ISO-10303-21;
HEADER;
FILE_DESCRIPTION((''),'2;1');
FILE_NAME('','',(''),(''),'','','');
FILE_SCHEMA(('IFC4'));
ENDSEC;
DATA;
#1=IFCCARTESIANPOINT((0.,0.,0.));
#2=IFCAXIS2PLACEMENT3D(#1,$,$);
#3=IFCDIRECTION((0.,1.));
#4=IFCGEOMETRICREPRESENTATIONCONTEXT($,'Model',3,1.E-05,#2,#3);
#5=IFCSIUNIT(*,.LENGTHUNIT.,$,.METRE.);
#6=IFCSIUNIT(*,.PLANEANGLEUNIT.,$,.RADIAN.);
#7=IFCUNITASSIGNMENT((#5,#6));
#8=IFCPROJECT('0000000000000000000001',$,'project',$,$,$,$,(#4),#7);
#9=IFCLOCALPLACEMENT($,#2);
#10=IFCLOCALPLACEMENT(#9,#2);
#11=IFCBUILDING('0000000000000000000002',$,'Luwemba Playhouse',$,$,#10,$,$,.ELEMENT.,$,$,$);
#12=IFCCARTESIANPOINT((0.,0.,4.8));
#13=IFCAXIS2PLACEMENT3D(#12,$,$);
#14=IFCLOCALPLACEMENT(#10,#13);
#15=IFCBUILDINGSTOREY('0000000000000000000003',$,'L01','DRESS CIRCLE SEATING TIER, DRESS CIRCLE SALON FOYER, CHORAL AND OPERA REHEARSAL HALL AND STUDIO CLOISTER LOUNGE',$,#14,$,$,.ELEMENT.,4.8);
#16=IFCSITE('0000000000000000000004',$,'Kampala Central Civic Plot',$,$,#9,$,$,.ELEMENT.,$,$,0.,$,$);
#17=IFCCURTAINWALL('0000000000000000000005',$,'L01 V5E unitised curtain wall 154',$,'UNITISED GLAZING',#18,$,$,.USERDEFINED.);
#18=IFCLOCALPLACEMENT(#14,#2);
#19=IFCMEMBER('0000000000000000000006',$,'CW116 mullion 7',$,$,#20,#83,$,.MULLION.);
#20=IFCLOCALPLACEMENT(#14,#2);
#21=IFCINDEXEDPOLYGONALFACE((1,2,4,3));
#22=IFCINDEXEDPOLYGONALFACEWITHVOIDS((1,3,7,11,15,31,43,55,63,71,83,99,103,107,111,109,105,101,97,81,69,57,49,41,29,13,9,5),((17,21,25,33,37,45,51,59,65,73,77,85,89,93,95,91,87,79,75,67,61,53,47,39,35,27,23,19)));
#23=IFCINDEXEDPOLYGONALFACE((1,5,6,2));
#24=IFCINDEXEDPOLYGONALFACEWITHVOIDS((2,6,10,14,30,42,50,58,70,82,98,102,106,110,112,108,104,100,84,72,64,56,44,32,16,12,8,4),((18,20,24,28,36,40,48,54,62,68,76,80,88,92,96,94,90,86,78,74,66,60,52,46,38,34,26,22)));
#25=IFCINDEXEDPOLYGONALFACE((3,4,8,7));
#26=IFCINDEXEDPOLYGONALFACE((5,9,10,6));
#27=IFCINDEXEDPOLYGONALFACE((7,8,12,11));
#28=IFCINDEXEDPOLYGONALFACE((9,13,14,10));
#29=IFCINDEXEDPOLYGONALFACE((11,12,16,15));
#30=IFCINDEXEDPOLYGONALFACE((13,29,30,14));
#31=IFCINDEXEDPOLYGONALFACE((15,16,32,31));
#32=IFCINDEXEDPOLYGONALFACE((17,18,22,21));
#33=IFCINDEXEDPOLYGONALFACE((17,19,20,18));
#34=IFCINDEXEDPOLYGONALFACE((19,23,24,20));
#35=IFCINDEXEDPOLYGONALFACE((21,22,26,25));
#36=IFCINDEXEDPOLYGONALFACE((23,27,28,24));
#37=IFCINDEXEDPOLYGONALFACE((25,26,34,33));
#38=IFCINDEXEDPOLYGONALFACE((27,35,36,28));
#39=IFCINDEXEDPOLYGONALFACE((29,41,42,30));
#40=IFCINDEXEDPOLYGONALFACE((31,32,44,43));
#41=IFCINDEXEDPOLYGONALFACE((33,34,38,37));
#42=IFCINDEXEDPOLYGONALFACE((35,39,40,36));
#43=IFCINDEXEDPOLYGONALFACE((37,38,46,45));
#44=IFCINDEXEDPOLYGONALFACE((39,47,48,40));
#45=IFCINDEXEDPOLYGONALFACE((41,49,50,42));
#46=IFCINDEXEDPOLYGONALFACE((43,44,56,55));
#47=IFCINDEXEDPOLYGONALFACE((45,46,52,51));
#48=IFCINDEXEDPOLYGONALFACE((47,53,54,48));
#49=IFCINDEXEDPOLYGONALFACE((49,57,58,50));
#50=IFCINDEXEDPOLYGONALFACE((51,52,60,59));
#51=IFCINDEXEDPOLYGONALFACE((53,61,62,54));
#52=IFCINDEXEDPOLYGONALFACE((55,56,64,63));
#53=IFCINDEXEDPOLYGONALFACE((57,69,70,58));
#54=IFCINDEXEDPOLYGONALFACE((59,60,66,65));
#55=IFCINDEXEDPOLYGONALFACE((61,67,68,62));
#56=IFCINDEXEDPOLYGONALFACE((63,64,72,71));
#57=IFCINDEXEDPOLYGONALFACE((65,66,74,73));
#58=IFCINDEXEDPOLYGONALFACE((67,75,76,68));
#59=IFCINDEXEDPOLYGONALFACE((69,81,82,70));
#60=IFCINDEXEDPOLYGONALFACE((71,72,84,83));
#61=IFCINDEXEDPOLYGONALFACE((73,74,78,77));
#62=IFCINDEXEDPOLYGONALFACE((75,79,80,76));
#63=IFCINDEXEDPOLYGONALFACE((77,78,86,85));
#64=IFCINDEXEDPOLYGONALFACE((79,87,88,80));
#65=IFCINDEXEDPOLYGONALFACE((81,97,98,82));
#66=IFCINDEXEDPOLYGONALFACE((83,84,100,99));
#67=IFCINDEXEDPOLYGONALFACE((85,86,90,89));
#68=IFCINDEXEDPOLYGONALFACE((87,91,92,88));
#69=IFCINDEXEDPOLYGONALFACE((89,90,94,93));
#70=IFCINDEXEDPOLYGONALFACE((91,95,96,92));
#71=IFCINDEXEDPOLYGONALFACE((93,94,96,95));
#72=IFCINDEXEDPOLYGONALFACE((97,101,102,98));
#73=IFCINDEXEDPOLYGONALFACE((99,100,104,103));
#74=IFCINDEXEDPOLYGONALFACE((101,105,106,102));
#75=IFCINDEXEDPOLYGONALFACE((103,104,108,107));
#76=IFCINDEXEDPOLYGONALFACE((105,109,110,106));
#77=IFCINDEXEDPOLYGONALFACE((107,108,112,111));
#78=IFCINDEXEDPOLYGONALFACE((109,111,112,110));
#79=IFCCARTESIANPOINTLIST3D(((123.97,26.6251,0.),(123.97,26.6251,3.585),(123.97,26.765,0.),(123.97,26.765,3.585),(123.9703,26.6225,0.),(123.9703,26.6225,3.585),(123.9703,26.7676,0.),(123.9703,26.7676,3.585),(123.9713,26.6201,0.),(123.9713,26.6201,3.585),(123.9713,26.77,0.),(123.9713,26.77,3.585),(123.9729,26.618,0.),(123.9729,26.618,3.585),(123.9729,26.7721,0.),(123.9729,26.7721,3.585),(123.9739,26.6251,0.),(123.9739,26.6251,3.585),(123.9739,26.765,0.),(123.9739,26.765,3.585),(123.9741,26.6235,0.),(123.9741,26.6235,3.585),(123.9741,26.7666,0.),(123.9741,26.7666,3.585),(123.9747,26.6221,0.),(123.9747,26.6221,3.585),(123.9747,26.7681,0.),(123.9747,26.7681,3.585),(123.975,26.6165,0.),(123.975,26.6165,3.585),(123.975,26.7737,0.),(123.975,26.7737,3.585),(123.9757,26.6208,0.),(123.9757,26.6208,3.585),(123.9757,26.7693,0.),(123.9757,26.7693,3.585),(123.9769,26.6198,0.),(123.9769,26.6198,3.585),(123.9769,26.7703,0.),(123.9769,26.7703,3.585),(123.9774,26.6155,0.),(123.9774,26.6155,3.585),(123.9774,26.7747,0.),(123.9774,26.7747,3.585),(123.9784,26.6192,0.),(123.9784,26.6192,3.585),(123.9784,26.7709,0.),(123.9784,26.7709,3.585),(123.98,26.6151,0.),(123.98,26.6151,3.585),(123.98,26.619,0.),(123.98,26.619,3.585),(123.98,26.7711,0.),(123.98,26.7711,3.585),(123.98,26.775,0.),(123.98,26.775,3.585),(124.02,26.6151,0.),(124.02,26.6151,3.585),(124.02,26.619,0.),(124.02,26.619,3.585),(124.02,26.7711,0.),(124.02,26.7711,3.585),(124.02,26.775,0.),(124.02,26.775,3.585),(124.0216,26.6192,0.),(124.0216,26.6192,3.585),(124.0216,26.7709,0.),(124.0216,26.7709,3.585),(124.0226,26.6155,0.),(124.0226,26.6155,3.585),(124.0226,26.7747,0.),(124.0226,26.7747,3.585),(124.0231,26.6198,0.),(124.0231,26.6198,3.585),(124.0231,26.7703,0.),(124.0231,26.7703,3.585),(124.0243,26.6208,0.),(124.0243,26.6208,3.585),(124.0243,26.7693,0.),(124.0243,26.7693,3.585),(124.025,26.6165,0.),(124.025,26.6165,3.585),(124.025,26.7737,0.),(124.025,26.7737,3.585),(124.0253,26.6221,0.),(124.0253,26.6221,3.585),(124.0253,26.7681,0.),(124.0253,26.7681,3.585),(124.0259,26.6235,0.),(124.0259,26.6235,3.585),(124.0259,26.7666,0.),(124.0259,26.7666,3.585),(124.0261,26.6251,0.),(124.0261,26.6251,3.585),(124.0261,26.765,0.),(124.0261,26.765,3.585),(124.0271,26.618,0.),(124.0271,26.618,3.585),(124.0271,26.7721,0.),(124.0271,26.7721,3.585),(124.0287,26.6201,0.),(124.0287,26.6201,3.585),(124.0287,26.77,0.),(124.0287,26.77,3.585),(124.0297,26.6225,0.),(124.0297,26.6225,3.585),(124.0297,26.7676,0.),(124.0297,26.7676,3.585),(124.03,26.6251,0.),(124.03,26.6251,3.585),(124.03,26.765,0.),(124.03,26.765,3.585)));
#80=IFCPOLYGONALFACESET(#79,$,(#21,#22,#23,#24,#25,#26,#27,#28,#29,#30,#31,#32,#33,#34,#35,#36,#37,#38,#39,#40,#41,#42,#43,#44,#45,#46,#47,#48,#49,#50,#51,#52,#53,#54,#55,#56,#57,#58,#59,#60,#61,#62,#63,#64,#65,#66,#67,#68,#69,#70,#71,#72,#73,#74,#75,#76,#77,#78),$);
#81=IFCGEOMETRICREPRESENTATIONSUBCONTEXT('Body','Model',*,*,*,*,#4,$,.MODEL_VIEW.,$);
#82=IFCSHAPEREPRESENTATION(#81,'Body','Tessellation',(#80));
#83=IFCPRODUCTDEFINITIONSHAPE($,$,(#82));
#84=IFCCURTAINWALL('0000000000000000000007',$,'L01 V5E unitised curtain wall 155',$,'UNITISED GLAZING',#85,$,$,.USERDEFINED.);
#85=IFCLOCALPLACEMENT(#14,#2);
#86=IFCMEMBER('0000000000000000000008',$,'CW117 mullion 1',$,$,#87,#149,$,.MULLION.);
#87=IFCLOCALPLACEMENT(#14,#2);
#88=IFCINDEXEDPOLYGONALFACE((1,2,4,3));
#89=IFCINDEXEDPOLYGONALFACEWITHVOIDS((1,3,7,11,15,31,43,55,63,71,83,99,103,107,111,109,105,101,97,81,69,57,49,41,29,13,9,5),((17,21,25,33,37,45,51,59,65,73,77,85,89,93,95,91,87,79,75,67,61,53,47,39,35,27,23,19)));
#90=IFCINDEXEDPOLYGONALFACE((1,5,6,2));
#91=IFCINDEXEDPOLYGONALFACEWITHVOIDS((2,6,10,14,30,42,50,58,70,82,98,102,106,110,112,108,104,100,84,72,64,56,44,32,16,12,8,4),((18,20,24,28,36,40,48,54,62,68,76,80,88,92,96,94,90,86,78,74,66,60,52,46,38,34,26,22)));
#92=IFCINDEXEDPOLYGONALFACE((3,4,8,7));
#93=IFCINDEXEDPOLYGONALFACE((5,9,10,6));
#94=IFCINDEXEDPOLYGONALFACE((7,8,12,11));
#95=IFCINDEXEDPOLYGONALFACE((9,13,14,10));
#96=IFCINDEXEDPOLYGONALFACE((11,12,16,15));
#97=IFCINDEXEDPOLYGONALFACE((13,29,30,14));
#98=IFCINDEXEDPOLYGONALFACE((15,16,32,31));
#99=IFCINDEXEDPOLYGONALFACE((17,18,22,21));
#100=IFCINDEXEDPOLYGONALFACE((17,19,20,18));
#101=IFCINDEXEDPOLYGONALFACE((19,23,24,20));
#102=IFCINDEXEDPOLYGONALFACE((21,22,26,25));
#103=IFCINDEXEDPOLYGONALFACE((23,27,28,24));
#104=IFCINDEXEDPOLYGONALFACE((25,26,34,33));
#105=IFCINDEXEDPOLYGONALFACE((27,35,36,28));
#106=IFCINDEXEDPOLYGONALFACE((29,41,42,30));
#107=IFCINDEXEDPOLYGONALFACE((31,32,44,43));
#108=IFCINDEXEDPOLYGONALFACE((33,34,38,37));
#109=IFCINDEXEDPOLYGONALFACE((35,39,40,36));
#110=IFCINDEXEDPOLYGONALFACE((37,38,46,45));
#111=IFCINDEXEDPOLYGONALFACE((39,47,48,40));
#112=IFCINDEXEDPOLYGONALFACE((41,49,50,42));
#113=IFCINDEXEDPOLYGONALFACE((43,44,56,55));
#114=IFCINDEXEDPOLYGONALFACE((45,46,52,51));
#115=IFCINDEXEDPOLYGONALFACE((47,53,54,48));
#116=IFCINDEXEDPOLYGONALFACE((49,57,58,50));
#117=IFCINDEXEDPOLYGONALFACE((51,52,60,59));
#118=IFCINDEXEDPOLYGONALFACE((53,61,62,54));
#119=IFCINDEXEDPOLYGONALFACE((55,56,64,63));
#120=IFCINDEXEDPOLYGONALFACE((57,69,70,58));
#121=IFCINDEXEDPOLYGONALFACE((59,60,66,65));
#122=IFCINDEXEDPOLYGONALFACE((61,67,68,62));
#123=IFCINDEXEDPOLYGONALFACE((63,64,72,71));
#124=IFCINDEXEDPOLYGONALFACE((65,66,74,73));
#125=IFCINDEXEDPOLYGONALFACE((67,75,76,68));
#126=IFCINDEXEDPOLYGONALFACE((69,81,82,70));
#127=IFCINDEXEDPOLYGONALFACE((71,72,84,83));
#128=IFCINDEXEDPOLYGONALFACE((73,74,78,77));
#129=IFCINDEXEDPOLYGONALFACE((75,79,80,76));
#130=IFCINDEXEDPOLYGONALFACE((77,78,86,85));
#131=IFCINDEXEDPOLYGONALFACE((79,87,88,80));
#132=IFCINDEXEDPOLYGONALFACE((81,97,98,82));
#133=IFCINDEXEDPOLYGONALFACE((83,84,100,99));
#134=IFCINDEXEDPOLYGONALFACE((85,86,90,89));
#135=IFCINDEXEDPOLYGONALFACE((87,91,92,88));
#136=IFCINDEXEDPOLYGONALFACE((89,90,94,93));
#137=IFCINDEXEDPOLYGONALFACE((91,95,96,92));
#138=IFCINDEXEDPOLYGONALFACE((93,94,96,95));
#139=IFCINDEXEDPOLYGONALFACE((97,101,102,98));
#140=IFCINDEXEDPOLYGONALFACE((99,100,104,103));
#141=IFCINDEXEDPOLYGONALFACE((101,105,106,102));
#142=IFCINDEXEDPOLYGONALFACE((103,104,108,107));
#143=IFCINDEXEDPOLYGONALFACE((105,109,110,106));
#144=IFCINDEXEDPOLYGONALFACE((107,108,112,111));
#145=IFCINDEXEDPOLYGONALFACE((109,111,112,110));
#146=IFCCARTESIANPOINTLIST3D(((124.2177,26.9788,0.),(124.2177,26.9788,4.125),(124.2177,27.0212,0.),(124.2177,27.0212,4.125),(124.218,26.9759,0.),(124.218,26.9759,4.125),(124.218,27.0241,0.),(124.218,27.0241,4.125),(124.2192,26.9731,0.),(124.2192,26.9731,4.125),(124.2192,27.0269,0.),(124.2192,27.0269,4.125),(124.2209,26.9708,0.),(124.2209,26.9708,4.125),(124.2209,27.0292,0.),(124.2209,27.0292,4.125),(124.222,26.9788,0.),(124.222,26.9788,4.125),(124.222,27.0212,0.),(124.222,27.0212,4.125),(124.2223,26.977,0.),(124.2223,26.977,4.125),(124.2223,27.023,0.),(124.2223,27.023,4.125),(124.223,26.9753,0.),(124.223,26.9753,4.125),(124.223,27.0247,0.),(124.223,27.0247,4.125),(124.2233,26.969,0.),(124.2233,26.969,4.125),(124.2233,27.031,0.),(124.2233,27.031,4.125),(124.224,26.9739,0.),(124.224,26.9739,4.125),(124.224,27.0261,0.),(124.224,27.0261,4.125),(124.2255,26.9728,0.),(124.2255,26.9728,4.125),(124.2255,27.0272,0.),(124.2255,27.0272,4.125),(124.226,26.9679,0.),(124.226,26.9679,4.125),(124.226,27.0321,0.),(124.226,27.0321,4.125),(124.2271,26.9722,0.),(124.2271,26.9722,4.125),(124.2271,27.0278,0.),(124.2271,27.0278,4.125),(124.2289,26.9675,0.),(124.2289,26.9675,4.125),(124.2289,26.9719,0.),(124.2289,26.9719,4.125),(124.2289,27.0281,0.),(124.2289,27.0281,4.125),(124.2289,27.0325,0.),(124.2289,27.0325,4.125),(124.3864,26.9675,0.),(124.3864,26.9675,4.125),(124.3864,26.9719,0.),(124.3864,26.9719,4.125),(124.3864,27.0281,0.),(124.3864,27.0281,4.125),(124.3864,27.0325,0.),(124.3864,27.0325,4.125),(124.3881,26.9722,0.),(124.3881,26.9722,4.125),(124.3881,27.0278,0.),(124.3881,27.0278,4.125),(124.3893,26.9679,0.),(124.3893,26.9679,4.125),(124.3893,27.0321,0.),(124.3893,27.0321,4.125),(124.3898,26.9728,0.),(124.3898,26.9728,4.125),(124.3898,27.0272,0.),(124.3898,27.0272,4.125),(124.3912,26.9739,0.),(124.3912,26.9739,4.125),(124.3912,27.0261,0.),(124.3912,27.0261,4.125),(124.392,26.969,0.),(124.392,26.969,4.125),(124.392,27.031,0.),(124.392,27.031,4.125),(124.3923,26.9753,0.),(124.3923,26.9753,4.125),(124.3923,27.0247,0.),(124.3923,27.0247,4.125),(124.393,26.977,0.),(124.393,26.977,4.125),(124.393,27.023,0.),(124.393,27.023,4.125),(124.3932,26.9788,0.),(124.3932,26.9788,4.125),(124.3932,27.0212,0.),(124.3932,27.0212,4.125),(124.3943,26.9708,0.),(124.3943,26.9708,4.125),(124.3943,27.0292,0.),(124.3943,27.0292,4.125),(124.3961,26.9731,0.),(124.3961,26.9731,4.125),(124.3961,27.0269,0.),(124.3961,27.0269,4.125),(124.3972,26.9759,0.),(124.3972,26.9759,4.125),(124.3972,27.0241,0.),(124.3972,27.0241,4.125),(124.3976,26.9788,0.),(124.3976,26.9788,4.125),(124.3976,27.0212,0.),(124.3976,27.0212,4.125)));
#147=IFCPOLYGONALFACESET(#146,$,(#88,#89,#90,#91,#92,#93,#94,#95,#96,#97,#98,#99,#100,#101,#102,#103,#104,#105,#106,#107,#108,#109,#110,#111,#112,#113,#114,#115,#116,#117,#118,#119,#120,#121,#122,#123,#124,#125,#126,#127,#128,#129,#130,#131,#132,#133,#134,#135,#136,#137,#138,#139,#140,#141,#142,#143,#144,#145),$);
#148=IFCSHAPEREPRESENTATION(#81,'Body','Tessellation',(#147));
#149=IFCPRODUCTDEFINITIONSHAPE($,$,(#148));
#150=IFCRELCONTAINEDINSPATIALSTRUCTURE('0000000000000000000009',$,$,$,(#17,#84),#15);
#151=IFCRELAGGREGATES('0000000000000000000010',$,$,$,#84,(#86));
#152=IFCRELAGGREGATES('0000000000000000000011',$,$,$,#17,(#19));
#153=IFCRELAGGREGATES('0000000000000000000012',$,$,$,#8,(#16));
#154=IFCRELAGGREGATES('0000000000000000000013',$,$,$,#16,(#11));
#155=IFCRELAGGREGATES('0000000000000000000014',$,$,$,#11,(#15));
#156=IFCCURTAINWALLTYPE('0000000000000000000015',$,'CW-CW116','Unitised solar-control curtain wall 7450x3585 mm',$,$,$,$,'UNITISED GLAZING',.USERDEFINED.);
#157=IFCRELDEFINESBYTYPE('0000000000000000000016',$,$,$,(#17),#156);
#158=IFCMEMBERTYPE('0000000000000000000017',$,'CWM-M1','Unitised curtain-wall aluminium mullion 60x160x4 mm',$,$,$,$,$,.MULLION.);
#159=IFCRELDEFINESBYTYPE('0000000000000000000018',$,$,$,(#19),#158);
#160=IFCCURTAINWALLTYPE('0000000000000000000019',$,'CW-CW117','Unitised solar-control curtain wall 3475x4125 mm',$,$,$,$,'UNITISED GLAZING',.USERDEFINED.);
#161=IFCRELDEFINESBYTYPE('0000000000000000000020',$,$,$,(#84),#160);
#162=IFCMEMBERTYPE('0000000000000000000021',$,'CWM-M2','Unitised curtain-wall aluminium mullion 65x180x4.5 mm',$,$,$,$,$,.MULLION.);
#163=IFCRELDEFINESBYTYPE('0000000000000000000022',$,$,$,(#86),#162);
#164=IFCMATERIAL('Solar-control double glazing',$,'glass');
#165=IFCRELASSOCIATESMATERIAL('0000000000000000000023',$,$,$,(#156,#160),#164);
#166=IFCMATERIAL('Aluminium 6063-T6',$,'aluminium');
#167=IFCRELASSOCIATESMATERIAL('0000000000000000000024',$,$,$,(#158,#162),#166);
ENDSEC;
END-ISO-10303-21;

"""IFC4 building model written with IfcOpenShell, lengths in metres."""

from ifc_helpers import new_model, si_unit, direction, frame, origin, origin_2d, place, context, subcontext, project, spatial, hollow_rectangle, extrude, material, material_profile, profile_set, type_object, element, aggregate, save


model = new_model("IFC4")

# Units and contexts
model_context = context("Model", 3, precision=1e-05, world=origin(), true_north=direction((0.0, 1.0)))
body_context = subcontext(model_context, "Body", "Model", "MODEL_VIEW")
ifc_project = project(units=[si_unit("LENGTHUNIT", "METRE"), si_unit("PLANEANGLEUNIT", "RADIAN")], contexts=[model_context])

# Site, building, storey
site_placement = place(None, origin())
site = spatial("IfcSite", under=ifc_project, at=site_placement, Name="Kampala Central Civic Plot", CompositionType="ELEMENT", RefElevation=0.0)
building_placement = place(site_placement, origin())
building = spatial("IfcBuilding", under=site, at=building_placement, Name="Luwemba Playhouse", CompositionType="ELEMENT")
storey_placement = place(building_placement, frame((0.0, 0.0, 4.8)))
storey = spatial("IfcBuildingStorey", under=building, at=storey_placement, Name="L01", Description="DRESS CIRCLE SEATING TIER, DRESS CIRCLE SALON FOYER, CHORAL AND OPERA REHEARSAL HALL AND STUDIO CLOISTER LOUNGE", CompositionType="ELEMENT", Elevation=4.8)

# Curtain wall, member
ifc_material_1 = material(Name="Solar-control double glazing", Category="glass")
curtain_wall_type_1 = type_object("IfcCurtainWallType", Name="CW-CW116", Description="Unitised solar-control curtain wall 7450x3585 mm", ElementType="UNITISED GLAZING", PredefinedType="USERDEFINED", material=ifc_material_1)
curtain_wall_1_placement = place(storey_placement, origin())
curtain_wall_1 = element("IfcCurtainWall", 1, at=curtain_wall_1_placement, inside=storey, type_object=curtain_wall_type_1, Name="L01 V5E unitised curtain wall 154", ObjectType="UNITISED GLAZING", PredefinedType="USERDEFINED")
ifc_material_2 = material(Name="Aluminium 6063-T6", Category="aluminium")
ifc_material_profile_1 = material_profile(ifc_material_2, hollow_rectangle(XDim=0.0601, YDim=0.1599, WallThickness=0.0039, InnerFilletRadius=0.0061, OuterFilletRadius=0.01, at=origin_2d()))
ifc_profile_set_1 = profile_set([ifc_material_profile_1], Name="Aluminium 6063-T6")
member_type_1 = type_object("IfcMemberType", Name="CWM-M1", Description="Unitised curtain-wall aluminium mullion 60x160x4 mm", PredefinedType="MULLION", material=ifc_profile_set_1)
member_1_placement = place(storey_placement, frame((124.0, 26.6951, 0.0), z_axis=(0.0, 0.0, 1.0), x_axis=(-1.0, 0.0, 0.0)))
member_1 = element("IfcMember", 2, at=member_1_placement, type_object=member_type_1, Name="CW116 mullion 7", PredefinedType="MULLION", context=body_context, shape_type="SweptSolid", body=[
    extrude(hollow_rectangle(XDim=0.0601, YDim=0.1599, WallThickness=0.0039, InnerFilletRadius=0.0061, OuterFilletRadius=0.01, at=origin_2d()), origin(), (0.0, 0.0, 1.0), 3.585),
])

# Curtain wall, member
curtain_wall_type_2 = type_object("IfcCurtainWallType", Name="CW-CW117", Description="Unitised solar-control curtain wall 3475x4125 mm", ElementType="UNITISED GLAZING", PredefinedType="USERDEFINED", material=ifc_material_1)
curtain_wall_2_placement = place(storey_placement, origin())
curtain_wall_2 = element("IfcCurtainWall", 3, at=curtain_wall_2_placement, inside=storey, type_object=curtain_wall_type_2, Name="L01 V5E unitised curtain wall 155", ObjectType="UNITISED GLAZING", PredefinedType="USERDEFINED")
ifc_material_profile_2 = material_profile(ifc_material_2, hollow_rectangle(XDim=0.0649, YDim=0.1799, WallThickness=0.0044, InnerFilletRadius=0.0068, OuterFilletRadius=0.0112, at=origin_2d()))
ifc_profile_set_2 = profile_set([ifc_material_profile_2], Name="Aluminium 6063-T6")
member_type_2 = type_object("IfcMemberType", Name="CWM-M2", Description="Unitised curtain-wall aluminium mullion 65x180x4.5 mm", PredefinedType="MULLION", material=ifc_profile_set_2)
member_2_placement = place(storey_placement, frame((124.3076, 27.0, 0.0), z_axis=(0.0, 0.0, 1.0), x_axis=(0.0, 1.0, 0.0)))
member_2 = element("IfcMember", 4, at=member_2_placement, type_object=member_type_2, Name="CW117 mullion 1", PredefinedType="MULLION", context=body_context, shape_type="SweptSolid", body=[
    extrude(hollow_rectangle(XDim=0.0649, YDim=0.1799, WallThickness=0.0044, InnerFilletRadius=0.0068, OuterFilletRadius=0.0112, at=origin_2d()), origin(), (0.0, 0.0, 1.0), 4.125),
])

aggregate(curtain_wall_2, [member_2])

aggregate(curtain_wall_1, [member_1])

save(model, "model.ifc")
